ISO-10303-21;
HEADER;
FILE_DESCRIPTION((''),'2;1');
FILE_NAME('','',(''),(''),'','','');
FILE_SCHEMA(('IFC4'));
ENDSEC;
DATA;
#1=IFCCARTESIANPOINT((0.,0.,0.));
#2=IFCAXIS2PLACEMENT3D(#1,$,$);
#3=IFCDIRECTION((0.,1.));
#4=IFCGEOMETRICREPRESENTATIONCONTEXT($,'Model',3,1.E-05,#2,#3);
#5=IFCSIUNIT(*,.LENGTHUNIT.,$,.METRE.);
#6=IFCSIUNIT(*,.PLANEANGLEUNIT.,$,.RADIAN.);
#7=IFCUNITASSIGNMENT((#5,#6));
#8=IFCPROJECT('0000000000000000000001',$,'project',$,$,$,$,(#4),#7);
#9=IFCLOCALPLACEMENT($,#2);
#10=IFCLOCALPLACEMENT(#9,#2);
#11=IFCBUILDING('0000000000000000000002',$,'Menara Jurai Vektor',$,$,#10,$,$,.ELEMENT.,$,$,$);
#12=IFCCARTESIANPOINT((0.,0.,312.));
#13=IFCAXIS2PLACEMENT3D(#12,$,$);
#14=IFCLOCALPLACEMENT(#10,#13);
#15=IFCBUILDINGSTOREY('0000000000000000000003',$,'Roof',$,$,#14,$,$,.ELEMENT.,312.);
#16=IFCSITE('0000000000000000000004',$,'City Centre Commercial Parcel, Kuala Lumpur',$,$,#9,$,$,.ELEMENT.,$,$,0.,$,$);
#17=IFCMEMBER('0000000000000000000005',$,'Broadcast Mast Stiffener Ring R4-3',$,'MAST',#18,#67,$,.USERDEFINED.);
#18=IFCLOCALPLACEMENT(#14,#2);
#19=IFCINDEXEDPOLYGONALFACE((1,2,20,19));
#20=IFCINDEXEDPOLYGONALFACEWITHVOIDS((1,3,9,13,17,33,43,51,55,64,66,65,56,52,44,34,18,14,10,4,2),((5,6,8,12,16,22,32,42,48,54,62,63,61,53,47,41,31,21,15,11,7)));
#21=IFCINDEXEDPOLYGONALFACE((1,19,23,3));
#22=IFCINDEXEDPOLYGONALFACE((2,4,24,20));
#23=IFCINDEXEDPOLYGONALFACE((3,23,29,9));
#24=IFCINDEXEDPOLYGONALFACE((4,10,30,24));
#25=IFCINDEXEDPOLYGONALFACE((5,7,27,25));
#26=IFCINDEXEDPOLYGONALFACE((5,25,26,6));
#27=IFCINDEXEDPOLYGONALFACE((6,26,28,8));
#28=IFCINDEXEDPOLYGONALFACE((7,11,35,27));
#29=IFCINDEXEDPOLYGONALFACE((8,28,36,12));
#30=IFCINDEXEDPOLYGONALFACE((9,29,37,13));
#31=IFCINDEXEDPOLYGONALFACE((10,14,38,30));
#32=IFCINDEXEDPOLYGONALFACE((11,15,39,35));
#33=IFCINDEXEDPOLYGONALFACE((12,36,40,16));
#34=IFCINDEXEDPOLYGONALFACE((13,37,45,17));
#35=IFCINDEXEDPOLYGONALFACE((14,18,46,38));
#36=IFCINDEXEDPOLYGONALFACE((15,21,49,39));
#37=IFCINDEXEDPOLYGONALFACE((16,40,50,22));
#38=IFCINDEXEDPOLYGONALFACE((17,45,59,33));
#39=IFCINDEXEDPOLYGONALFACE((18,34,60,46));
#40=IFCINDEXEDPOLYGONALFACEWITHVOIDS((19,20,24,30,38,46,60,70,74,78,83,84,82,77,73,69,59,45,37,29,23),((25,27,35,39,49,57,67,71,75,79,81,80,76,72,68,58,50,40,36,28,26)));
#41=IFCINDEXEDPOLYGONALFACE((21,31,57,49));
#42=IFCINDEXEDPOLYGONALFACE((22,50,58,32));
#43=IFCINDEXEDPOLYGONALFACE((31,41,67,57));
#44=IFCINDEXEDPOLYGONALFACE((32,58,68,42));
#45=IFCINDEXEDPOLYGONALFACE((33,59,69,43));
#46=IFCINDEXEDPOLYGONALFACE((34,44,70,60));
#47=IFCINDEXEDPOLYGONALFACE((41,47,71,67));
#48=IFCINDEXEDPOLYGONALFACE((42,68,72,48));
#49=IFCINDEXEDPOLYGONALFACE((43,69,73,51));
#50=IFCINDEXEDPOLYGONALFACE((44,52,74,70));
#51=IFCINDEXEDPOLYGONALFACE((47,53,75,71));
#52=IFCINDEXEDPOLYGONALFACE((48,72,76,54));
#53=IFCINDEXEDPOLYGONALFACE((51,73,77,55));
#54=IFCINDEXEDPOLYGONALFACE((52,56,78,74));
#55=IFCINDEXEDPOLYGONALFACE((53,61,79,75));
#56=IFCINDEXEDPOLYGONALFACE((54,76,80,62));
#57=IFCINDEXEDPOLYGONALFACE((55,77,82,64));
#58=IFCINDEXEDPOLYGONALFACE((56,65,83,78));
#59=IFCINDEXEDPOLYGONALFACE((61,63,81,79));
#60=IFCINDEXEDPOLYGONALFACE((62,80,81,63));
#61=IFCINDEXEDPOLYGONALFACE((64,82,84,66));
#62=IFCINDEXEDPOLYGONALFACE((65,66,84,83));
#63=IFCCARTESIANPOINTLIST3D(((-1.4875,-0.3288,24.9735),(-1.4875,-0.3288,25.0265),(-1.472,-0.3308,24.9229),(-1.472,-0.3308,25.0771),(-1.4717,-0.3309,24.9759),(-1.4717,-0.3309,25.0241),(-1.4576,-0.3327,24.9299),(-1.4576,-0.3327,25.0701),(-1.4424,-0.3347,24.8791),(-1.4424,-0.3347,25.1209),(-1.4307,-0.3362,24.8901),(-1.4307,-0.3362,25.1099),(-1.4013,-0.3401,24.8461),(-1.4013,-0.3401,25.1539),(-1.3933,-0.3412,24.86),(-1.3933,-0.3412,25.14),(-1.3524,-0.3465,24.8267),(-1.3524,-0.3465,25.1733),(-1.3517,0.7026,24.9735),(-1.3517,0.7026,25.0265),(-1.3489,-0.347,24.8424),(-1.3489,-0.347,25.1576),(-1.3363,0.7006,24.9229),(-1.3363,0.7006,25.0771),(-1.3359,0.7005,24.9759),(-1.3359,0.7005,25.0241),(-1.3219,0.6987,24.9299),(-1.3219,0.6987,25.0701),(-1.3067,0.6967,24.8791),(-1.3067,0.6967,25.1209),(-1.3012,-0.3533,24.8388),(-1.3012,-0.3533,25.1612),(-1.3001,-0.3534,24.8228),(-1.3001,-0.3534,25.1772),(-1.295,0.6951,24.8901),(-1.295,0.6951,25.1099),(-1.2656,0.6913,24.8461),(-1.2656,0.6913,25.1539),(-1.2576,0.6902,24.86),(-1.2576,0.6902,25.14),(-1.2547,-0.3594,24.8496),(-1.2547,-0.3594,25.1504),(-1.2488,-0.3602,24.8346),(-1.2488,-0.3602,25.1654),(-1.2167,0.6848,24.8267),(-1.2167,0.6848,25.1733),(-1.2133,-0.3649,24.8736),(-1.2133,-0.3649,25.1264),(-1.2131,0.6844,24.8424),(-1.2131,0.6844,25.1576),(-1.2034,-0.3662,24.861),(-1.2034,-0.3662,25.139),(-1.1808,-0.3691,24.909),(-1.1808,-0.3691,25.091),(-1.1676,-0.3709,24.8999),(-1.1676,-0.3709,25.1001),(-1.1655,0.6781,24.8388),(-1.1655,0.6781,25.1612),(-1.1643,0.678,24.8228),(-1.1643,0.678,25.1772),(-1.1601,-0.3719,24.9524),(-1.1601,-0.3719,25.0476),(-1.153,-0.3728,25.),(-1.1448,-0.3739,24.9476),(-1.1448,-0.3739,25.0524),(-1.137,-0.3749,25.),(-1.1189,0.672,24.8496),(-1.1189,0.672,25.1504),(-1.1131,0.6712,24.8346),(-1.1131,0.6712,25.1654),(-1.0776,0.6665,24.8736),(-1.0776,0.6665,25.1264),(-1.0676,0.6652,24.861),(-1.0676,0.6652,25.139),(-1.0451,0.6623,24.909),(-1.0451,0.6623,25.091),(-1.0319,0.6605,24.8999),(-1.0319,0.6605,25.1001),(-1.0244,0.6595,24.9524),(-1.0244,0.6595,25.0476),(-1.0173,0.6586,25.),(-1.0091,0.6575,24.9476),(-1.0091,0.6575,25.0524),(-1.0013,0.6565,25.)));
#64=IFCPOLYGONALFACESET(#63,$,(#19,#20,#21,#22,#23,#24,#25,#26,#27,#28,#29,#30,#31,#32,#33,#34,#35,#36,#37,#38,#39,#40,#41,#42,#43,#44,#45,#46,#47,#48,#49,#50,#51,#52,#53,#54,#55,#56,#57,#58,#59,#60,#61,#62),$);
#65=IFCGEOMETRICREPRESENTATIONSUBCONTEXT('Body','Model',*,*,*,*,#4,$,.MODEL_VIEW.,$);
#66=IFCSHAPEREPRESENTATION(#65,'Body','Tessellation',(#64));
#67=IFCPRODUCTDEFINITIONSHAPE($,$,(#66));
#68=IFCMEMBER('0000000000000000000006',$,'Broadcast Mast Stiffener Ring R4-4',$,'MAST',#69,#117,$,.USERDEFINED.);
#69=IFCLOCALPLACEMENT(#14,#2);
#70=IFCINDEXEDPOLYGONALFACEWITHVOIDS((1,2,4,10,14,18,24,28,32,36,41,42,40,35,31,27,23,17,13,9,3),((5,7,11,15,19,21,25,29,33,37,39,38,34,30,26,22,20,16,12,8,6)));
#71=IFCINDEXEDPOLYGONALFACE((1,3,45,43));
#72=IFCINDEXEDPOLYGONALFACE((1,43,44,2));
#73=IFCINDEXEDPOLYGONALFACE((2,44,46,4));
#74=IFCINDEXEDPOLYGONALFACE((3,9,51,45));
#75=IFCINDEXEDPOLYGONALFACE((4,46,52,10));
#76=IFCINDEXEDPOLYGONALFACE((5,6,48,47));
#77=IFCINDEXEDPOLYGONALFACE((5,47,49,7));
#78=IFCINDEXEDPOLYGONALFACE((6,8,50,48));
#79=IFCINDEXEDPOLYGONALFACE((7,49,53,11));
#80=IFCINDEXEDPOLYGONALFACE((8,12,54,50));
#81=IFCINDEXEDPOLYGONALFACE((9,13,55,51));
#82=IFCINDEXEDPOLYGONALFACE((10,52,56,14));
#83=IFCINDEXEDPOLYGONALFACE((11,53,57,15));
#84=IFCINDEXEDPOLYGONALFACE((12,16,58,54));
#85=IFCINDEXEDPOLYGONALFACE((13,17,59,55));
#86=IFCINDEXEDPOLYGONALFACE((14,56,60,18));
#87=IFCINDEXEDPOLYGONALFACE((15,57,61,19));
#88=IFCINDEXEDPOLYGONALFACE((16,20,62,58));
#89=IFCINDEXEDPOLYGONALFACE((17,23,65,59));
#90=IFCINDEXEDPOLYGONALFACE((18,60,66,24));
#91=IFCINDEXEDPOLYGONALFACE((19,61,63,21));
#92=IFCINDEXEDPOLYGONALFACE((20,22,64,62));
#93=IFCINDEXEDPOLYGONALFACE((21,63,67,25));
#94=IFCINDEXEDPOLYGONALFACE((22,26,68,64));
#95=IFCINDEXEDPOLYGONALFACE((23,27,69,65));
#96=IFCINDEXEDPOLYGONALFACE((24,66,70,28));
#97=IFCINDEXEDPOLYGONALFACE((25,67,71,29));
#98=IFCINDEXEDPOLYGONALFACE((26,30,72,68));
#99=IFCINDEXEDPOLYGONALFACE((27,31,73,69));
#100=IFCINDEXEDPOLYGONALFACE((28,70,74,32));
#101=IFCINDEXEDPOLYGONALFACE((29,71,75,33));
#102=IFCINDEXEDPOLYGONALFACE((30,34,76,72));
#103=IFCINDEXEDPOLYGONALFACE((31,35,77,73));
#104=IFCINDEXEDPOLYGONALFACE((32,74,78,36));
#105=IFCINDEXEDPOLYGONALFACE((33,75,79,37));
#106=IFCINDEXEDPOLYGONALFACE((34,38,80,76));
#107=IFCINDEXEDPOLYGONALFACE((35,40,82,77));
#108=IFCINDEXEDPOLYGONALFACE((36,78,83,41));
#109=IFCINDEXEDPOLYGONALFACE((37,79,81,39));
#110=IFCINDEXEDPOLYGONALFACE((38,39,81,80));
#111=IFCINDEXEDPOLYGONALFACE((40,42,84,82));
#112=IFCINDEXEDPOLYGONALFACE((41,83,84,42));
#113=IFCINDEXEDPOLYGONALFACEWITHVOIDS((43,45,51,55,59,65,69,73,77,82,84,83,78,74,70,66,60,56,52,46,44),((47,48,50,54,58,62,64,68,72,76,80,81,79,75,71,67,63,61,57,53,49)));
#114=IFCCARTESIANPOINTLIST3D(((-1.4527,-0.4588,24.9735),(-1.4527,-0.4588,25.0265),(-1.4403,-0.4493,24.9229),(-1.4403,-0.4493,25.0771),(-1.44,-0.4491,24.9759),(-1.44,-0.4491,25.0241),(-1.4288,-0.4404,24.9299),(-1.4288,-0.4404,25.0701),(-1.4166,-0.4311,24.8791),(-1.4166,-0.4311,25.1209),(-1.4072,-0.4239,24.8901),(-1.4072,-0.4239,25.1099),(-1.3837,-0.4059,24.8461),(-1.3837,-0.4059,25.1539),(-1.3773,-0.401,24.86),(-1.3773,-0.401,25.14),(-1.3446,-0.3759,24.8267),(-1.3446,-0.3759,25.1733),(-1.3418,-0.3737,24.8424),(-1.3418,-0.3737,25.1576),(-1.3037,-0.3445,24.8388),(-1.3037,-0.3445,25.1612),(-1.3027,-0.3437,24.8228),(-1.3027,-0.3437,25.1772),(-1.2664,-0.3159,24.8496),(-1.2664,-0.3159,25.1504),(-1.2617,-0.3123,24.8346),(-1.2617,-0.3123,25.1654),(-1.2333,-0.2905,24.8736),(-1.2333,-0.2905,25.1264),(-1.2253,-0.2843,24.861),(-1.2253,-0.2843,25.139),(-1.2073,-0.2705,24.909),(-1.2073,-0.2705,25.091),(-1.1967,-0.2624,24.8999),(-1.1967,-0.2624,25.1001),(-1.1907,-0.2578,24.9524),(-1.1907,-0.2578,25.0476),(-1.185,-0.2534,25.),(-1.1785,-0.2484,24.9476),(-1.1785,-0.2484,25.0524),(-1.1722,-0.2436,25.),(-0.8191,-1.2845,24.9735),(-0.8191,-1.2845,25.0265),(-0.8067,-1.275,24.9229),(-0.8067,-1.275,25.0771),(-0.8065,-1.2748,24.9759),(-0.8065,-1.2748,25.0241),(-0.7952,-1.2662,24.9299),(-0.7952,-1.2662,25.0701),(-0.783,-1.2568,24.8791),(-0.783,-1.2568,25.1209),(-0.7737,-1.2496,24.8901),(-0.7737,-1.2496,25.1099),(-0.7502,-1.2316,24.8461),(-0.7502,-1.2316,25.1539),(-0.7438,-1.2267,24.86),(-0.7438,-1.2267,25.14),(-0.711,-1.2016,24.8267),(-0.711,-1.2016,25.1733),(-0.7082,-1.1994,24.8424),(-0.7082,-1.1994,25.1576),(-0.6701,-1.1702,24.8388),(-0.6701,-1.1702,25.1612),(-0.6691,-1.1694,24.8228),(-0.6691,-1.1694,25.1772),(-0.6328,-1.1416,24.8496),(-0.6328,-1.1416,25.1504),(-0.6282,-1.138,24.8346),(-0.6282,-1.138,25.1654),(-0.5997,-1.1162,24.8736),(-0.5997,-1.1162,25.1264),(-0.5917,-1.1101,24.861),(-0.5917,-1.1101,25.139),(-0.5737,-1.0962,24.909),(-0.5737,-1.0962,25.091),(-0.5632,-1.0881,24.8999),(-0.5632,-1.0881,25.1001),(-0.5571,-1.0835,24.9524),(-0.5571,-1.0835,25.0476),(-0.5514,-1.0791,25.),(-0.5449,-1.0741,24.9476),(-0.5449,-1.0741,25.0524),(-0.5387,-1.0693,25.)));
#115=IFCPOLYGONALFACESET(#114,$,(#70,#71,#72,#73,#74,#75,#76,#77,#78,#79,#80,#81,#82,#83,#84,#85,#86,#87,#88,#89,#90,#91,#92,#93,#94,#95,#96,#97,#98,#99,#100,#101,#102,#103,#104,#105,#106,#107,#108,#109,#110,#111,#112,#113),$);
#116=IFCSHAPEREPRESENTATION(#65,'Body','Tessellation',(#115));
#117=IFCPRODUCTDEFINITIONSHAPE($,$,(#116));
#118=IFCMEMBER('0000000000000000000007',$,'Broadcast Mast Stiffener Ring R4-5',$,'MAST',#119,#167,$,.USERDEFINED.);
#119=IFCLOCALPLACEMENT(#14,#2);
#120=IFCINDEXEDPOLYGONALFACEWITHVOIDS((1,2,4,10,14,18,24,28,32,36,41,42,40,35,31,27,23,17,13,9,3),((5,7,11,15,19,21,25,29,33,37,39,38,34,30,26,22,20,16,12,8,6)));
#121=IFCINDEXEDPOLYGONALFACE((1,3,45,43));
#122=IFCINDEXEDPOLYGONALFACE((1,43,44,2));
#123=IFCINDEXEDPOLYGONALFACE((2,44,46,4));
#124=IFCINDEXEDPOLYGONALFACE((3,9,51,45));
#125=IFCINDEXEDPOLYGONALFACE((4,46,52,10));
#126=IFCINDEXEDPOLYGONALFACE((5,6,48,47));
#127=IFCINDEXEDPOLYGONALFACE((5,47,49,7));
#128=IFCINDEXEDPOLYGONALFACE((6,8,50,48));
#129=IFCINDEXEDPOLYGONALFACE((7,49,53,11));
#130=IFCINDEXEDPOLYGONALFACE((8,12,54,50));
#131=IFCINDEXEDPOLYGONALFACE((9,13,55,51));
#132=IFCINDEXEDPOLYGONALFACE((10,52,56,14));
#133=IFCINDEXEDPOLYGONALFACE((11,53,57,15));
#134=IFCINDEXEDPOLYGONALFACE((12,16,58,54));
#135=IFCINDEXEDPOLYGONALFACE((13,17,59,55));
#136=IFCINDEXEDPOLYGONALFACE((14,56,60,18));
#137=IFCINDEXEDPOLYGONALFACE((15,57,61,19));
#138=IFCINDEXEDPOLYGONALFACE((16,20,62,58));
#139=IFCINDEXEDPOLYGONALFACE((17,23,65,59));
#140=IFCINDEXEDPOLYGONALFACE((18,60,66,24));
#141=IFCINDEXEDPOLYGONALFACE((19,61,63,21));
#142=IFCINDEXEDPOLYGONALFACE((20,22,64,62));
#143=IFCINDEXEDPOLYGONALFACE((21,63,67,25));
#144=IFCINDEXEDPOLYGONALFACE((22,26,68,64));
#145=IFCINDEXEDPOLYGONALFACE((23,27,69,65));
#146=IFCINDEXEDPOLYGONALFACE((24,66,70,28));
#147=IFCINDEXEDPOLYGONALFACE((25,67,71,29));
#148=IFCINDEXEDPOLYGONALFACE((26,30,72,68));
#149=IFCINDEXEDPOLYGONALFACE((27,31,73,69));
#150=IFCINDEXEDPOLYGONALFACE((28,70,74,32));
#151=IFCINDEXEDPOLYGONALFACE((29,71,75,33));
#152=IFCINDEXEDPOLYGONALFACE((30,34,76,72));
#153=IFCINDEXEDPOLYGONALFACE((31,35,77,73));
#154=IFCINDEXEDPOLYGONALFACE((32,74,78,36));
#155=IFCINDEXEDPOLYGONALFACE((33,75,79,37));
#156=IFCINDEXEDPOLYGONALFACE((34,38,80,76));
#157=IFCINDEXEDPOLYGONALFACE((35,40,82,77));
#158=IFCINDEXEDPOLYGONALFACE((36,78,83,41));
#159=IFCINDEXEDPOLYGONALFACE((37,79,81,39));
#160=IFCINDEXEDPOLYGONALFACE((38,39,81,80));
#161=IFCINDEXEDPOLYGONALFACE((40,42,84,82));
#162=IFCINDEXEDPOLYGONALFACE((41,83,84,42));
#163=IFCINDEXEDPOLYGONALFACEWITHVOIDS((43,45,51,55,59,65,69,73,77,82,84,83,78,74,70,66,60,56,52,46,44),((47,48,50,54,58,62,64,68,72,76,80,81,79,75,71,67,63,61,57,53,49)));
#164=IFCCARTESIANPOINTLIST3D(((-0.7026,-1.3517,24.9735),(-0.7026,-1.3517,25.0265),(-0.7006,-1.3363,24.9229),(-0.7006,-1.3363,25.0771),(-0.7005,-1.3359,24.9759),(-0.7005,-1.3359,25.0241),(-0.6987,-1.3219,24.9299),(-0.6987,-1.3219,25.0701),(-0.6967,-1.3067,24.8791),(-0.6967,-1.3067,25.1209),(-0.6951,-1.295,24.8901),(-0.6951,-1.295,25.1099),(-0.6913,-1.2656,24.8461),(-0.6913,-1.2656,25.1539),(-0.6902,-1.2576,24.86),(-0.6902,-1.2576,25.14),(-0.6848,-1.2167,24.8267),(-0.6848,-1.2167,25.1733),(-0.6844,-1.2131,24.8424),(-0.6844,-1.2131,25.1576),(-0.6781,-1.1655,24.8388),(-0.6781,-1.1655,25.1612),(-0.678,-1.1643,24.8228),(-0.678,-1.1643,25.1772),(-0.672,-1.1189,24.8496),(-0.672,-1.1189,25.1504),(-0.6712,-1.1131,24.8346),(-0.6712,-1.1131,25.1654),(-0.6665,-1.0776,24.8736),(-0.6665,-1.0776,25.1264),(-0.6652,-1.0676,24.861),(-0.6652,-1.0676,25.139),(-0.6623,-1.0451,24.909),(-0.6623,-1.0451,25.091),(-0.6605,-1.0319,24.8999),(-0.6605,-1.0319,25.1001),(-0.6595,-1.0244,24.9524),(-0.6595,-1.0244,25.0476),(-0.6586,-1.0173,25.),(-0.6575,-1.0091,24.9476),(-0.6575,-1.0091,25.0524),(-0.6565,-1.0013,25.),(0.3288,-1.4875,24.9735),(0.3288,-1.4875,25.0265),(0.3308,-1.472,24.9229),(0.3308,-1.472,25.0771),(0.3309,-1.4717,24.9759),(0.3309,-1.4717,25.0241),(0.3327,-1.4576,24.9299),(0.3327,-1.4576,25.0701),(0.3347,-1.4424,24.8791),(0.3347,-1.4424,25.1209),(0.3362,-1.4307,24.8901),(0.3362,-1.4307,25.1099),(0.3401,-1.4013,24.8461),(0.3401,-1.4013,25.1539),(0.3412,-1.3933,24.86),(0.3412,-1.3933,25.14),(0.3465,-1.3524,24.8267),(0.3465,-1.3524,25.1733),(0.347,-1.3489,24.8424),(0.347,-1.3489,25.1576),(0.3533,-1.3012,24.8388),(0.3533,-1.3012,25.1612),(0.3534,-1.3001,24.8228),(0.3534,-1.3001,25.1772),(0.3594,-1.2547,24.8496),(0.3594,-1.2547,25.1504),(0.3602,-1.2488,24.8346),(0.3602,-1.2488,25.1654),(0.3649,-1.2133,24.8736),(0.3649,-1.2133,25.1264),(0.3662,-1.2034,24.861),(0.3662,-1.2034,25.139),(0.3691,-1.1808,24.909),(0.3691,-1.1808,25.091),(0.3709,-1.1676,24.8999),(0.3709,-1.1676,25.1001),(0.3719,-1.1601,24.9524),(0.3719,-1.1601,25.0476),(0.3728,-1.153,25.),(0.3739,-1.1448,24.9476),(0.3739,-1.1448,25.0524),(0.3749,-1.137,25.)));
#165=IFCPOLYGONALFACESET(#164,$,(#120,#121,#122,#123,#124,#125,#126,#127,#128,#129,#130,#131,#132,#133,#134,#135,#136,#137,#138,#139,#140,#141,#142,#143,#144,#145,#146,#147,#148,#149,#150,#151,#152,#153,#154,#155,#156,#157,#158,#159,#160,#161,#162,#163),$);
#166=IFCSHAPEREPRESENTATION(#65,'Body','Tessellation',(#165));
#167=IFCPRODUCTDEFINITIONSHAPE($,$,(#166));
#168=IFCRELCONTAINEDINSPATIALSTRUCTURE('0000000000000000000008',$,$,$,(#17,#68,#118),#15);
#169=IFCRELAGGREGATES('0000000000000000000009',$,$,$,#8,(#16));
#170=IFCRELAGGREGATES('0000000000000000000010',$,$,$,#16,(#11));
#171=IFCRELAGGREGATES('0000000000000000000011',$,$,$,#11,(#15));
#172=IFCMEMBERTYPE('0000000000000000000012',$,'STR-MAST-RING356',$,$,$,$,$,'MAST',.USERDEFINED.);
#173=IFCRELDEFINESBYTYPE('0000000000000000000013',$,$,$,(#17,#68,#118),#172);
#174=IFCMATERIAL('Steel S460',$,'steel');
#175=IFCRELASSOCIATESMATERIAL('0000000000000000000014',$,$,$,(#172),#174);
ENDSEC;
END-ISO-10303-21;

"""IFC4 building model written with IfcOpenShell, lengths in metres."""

from ifc_helpers import new_model, si_unit, direction, frame, origin, origin_2d, place, context, subcontext, project, spatial, hollow_circle, extrude, material, material_profile, profile_set, type_object, element, save


model = new_model("IFC4")

# Units and contexts
model_context = context("Model", 3, precision=1e-05, world=origin(), true_north=direction((0.0, 1.0)))
body_context = subcontext(model_context, "Body", "Model", "MODEL_VIEW")
ifc_project = project(units=[si_unit("LENGTHUNIT", "METRE"), si_unit("PLANEANGLEUNIT", "RADIAN")], contexts=[model_context])

# Site, building, storey
site_placement = place(None, origin())
site = spatial("IfcSite", under=ifc_project, at=site_placement, Name="City Centre Commercial Parcel, Kuala Lumpur", CompositionType="ELEMENT", RefElevation=0.0)
building_placement = place(site_placement, origin())
building = spatial("IfcBuilding", under=site, at=building_placement, Name="Menara Jurai Vektor", CompositionType="ELEMENT")
storey_placement = place(building_placement, frame((0.0, 0.0, 312.0)))
storey = spatial("IfcBuildingStorey", under=building, at=storey_placement, Name="Roof", CompositionType="ELEMENT", Elevation=312.0)

# Members
ifc_material = material(Name="Steel S460", Category="steel")
ifc_material_profile_1 = material_profile(ifc_material, hollow_circle(Radius=0.1777, WallThickness=0.0161, at=origin_2d()), Name="CHS 355.6x16")
ifc_profile_set_1 = profile_set([ifc_material_profile_1], Name="Steel S460")
member_type_1 = type_object("IfcMemberType", Name="STR-MAST-RING356", ElementType="MAST", PredefinedType="USERDEFINED", material=ifc_profile_set_1)
member_1_placement = place(storey_placement, frame((-1.1775, 0.6797, 25.0), z_axis=(-0.130473, -0.991452, 0.0), x_axis=(0.991452, -0.130473, 0.0)))
element("IfcMember", 1, at=member_1_placement, inside=storey, type_object=member_type_1, Name="Broadcast Mast Stiffener Ring R4-3", ObjectType="MAST", PredefinedType="USERDEFINED", context=body_context, shape_type="SweptSolid", body=[
    extrude(hollow_circle(Radius=0.1777, WallThickness=0.0161, at=origin_2d()), origin(), (0.0, 0.0, 1.0), 1.0403),
])
member_2_placement = place(storey_placement, frame((-1.3132, -0.3518, 25.0), z_axis=(0.608747, -0.793365, 0.0), x_axis=(0.793365, 0.608747, 0.0)))
element("IfcMember", 2, at=member_2_placement, inside=storey, type_object=member_type_1, Name="Broadcast Mast Stiffener Ring R4-4", ObjectType="MAST", PredefinedType="USERDEFINED", context=body_context, shape_type="SweptSolid", body=[
    extrude(hollow_circle(Radius=0.1777, WallThickness=0.0161, at=origin_2d()), origin(), (0.0, 0.0, 1.0), 1.0408),
])
member_3_placement = place(storey_placement, frame((-0.6797, -1.1775, 25.0), z_axis=(0.991452, -0.130473, 0.0), x_axis=(0.130473, 0.991452, 0.0)))
element("IfcMember", 3, at=member_3_placement, inside=storey, type_object=member_type_1, Name="Broadcast Mast Stiffener Ring R4-5", ObjectType="MAST", PredefinedType="USERDEFINED", context=body_context, shape_type="SweptSolid", body=[
    extrude(hollow_circle(Radius=0.1777, WallThickness=0.0161, at=origin_2d()), origin(), (0.0, 0.0, 1.0), 1.0403),
])

save(model, "model.ifc")
